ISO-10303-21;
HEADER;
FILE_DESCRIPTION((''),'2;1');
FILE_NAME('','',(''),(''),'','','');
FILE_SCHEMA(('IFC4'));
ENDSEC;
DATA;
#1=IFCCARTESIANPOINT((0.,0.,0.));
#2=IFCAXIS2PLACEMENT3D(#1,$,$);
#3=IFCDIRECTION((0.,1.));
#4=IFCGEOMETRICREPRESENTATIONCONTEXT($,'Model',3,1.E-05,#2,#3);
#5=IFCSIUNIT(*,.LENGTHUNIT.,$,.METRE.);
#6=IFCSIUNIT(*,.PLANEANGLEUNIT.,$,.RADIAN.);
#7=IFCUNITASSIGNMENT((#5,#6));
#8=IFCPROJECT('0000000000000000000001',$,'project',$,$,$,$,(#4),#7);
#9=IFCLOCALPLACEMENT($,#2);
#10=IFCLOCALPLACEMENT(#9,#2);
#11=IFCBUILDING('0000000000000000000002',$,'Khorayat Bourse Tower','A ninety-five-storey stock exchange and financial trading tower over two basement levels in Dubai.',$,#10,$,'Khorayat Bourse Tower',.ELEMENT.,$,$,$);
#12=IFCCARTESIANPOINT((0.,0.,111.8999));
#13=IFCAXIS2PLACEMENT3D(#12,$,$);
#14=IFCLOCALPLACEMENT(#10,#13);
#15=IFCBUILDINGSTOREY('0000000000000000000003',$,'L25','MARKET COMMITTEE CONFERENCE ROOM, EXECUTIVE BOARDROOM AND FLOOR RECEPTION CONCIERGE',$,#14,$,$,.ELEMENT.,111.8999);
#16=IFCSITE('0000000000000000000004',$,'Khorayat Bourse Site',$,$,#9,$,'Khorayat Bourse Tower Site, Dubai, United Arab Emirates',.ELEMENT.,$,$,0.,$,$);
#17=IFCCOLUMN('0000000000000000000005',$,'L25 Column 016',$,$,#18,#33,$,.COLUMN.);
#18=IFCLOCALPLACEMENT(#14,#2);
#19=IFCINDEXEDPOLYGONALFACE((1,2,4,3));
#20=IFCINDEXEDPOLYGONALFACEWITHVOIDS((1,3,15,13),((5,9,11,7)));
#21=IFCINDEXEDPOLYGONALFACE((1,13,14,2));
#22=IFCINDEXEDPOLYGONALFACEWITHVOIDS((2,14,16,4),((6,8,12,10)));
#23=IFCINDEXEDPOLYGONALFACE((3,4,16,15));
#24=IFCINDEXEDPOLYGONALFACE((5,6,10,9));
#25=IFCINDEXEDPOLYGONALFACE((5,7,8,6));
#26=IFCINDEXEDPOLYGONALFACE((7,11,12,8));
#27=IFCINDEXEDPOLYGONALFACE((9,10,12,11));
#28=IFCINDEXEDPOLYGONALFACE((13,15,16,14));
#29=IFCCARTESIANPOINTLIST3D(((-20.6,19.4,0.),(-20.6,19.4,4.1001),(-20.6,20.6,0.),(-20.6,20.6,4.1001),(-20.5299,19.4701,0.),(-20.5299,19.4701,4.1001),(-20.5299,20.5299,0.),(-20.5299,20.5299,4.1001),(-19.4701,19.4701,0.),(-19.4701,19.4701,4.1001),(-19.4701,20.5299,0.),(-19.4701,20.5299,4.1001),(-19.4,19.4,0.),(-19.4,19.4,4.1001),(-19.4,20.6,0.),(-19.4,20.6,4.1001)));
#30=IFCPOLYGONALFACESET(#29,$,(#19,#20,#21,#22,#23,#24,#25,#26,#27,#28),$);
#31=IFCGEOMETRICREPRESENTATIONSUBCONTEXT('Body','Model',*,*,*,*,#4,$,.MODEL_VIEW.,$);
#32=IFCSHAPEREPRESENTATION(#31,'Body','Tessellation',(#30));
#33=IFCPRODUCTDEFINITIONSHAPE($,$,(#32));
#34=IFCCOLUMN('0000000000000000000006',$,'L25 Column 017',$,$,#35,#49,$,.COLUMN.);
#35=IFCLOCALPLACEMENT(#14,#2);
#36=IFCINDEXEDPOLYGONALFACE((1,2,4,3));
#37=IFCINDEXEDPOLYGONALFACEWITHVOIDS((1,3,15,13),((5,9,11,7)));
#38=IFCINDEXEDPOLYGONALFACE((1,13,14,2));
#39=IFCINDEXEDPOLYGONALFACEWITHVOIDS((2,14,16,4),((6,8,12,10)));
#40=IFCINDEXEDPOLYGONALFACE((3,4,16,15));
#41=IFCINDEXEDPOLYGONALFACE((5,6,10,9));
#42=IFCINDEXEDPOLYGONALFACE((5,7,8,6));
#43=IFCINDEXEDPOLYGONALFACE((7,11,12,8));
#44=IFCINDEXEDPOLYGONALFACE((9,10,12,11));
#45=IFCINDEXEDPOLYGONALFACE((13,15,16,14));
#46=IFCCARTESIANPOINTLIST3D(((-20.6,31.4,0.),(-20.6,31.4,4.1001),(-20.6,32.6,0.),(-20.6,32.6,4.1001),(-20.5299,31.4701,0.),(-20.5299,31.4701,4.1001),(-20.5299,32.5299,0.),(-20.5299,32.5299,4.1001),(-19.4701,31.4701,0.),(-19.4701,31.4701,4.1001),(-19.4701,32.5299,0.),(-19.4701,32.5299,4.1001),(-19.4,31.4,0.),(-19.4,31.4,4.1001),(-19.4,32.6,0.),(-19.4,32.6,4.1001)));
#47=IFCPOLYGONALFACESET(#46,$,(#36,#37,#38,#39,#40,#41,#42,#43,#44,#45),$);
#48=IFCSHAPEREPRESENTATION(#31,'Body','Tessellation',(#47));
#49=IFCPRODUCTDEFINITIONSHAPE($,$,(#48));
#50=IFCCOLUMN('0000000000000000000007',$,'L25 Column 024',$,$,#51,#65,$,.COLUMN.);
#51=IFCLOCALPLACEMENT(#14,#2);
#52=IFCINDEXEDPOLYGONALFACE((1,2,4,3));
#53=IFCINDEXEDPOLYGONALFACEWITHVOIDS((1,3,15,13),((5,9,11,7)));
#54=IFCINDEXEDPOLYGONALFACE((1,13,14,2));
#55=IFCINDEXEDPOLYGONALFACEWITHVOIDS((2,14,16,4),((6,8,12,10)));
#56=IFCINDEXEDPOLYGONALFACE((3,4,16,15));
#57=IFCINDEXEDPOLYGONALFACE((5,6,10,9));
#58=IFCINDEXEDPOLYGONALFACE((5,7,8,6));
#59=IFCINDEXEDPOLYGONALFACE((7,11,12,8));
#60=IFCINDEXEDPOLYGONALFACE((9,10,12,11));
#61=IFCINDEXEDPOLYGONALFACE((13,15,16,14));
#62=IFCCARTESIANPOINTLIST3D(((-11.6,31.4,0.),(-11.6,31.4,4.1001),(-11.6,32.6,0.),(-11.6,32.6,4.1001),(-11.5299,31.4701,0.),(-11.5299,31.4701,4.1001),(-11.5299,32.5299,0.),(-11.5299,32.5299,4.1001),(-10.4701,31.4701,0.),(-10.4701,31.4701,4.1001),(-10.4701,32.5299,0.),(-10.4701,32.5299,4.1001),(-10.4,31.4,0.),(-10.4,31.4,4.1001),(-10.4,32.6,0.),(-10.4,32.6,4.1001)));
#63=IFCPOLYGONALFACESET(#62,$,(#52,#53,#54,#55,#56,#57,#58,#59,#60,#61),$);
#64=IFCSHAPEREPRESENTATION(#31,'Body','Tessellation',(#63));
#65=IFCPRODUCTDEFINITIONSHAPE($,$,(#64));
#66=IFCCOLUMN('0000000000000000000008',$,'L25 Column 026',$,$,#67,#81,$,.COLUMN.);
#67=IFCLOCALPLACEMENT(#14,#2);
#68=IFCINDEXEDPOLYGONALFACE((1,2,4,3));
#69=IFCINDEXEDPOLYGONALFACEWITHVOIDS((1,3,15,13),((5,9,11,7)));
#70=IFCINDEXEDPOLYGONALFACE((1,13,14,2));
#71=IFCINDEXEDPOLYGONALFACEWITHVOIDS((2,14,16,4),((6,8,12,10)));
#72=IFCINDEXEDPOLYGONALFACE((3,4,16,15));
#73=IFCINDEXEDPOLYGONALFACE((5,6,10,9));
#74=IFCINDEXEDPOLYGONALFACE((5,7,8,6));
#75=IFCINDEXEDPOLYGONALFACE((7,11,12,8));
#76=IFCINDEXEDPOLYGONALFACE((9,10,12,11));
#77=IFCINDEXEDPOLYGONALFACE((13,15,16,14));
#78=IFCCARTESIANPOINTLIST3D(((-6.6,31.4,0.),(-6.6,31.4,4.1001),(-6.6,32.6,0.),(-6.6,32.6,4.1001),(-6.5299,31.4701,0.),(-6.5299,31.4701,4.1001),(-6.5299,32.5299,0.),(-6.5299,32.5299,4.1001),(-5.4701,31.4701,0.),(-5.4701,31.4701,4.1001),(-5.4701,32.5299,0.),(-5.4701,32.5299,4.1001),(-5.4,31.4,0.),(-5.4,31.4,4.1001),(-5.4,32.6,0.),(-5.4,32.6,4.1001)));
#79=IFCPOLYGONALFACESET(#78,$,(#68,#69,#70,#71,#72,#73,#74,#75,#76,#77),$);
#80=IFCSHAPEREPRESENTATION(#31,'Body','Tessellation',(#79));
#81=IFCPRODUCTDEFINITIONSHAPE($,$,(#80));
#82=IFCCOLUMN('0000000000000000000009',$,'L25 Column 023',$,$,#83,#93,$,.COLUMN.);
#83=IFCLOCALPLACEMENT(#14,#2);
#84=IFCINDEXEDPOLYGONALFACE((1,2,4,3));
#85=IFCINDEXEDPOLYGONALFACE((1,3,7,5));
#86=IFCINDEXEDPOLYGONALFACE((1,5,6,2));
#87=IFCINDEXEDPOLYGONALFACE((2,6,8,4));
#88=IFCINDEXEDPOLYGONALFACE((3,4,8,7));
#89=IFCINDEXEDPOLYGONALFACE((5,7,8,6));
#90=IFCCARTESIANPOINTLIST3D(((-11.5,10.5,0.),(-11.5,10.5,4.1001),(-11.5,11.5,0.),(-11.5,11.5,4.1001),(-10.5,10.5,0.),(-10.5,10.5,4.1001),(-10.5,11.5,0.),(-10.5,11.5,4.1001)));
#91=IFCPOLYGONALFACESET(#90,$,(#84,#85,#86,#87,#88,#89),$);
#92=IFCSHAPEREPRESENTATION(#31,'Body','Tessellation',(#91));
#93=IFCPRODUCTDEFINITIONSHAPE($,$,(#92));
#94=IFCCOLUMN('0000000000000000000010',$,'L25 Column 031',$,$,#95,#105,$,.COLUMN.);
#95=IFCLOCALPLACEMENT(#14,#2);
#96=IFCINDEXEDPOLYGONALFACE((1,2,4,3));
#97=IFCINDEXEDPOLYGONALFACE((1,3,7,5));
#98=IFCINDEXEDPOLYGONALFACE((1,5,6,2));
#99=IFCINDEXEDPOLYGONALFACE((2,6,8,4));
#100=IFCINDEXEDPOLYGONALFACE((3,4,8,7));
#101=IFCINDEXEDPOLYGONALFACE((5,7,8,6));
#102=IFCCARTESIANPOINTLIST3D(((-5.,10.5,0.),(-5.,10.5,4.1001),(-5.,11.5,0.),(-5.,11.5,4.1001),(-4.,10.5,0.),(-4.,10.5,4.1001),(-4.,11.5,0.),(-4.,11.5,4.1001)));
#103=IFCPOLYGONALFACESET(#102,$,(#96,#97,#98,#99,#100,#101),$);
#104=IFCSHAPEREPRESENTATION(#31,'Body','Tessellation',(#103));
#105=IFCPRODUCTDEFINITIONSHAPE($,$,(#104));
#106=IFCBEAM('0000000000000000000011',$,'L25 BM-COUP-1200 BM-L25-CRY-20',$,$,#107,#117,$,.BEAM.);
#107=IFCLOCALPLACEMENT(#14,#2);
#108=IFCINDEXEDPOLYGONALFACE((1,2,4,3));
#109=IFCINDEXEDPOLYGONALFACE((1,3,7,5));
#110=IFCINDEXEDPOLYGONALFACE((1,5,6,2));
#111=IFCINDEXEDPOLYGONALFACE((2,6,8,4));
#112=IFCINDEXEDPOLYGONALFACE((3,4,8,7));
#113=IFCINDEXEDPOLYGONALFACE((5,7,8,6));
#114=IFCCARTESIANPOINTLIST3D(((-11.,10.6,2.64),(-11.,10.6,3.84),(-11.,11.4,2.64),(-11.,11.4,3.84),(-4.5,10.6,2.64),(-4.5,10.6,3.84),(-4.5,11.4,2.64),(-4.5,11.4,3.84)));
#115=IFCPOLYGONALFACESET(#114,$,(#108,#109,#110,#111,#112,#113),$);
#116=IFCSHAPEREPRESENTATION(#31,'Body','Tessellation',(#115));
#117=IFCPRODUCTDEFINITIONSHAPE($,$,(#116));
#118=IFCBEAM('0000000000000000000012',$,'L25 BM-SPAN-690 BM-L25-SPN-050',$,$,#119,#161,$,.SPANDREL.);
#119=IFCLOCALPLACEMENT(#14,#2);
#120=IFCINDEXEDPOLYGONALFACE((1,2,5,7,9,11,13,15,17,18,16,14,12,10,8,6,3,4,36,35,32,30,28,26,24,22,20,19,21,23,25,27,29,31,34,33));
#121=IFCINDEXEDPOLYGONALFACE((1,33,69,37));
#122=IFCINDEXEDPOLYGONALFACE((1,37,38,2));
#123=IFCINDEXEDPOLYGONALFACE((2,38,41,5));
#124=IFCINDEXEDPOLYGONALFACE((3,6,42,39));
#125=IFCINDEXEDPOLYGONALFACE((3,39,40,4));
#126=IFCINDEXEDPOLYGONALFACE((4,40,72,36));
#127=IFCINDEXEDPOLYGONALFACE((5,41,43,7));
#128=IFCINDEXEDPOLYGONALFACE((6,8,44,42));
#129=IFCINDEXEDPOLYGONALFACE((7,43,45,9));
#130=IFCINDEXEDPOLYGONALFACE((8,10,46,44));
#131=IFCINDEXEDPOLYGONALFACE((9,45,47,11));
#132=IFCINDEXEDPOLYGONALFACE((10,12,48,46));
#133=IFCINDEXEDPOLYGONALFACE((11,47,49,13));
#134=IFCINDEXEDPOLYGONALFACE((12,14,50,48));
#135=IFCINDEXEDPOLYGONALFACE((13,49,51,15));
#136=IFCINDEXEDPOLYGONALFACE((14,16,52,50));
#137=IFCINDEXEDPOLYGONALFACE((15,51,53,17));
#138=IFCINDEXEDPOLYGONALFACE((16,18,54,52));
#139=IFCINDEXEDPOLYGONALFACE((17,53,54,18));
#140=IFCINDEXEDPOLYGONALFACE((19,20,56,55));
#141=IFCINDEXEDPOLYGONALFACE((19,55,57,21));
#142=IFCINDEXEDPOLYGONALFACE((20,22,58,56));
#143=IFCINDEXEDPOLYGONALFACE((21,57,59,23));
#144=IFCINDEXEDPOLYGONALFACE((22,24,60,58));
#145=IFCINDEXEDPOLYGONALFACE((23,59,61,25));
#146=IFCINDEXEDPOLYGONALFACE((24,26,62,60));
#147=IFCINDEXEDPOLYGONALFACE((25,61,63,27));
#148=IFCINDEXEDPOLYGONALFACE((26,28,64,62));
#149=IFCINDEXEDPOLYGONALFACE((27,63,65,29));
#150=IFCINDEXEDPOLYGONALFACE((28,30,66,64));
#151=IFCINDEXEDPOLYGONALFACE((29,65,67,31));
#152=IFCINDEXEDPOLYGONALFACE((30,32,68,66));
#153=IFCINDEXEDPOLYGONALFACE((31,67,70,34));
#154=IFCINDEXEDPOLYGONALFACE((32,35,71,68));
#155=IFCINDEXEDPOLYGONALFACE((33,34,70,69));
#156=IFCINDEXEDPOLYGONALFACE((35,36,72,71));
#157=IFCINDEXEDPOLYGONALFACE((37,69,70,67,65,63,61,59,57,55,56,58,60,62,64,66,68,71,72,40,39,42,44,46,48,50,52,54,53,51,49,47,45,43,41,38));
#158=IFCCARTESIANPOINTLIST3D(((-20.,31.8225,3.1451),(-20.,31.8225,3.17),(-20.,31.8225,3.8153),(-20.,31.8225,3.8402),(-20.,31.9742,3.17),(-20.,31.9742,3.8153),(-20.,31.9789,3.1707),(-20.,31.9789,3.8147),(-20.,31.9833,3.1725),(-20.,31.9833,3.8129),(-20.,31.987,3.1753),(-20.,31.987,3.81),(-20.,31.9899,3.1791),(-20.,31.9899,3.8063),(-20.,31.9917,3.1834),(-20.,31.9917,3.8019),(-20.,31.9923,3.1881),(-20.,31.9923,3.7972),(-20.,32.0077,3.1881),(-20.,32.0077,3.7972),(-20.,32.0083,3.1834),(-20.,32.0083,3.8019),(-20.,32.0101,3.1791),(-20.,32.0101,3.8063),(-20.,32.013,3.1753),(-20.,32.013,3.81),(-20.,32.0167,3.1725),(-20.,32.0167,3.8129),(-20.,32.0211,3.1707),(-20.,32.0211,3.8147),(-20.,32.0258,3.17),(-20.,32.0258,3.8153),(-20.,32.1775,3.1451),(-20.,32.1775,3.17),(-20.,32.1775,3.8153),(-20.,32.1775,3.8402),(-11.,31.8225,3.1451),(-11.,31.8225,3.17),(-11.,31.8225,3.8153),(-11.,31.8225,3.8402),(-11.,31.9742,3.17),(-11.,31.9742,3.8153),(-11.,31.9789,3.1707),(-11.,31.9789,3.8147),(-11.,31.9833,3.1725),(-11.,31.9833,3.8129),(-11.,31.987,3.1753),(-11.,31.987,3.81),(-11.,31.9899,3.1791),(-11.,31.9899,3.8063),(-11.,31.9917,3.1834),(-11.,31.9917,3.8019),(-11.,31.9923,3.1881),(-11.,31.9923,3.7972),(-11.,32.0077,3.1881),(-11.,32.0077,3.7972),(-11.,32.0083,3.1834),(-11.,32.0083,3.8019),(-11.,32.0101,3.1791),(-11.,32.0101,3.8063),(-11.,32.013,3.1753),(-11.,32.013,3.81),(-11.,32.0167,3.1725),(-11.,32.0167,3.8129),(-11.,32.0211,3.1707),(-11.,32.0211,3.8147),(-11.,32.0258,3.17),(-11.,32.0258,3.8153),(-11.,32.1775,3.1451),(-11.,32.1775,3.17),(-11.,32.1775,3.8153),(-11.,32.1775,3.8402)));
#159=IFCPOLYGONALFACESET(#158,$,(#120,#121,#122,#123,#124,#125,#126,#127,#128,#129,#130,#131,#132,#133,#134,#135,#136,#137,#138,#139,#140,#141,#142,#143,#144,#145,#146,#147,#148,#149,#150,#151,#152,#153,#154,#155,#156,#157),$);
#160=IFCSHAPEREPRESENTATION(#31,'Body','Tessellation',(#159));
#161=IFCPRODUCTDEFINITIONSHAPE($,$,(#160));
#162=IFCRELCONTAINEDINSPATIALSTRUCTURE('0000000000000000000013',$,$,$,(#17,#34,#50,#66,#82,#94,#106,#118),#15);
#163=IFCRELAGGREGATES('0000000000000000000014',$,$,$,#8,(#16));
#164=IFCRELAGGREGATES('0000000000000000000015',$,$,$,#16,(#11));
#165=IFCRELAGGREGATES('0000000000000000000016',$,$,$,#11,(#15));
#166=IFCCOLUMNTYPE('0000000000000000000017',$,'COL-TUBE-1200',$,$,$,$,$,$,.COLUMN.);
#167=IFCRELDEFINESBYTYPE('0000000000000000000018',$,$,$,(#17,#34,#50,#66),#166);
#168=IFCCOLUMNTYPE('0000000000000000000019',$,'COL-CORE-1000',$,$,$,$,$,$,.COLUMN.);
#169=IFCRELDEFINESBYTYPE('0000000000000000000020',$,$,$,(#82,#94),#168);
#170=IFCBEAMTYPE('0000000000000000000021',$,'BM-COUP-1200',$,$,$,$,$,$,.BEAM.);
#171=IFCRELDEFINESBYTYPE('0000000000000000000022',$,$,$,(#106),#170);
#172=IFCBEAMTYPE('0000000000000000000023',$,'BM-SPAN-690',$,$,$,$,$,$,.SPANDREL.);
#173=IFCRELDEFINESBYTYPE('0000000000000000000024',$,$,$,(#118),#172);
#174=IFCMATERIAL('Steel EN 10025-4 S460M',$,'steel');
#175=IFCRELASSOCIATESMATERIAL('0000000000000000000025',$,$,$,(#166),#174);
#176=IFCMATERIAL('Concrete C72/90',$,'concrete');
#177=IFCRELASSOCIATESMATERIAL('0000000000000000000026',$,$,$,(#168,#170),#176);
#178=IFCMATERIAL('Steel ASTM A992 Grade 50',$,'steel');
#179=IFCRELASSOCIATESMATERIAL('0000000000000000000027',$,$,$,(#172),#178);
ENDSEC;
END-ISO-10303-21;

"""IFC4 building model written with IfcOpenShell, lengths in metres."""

from ifc_helpers import new_model, si_unit, direction, frame, origin, origin_2d, place, context, subcontext, project, spatial, rectangle, hollow_rectangle, i_section, extrude, source, transform, mapped, material, material_profile, profile_set, type_object, element, save


model = new_model("IFC4")

# Units and contexts
model_context = context("Model", 3, precision=1e-05, world=origin(), true_north=direction((0.0, 1.0)))
body_context = subcontext(model_context, "Body", "Model", "MODEL_VIEW")
ifc_project = project(units=[si_unit("LENGTHUNIT", "METRE"), si_unit("PLANEANGLEUNIT", "RADIAN")], contexts=[model_context])

# Site, building, storey
site_placement = place(None, origin())
site = spatial("IfcSite", under=ifc_project, at=site_placement, Name="Khorayat Bourse Site", LongName="Khorayat Bourse Tower Site, Dubai, United Arab Emirates", CompositionType="ELEMENT", RefElevation=0.0)
building_placement = place(site_placement, origin())
building = spatial("IfcBuilding", under=site, at=building_placement, Name="Khorayat Bourse Tower", Description="A ninety-five-storey stock exchange and financial trading tower over two basement levels in Dubai.", LongName="Khorayat Bourse Tower", CompositionType="ELEMENT")
storey_placement = place(building_placement, frame((0.0, 0.0, 111.8999)))
storey = spatial("IfcBuildingStorey", under=building, at=storey_placement, Name="L25", Description="MARKET COMMITTEE CONFERENCE ROOM, EXECUTIVE BOARDROOM AND FLOOR RECEPTION CONCIERGE", CompositionType="ELEMENT", Elevation=111.8999)

# Columns
ifc_material_1 = material(Name="Steel EN 10025-4 S460M", Category="steel")
ifc_material_profile_1 = material_profile(ifc_material_1, hollow_rectangle(XDim=1.2, YDim=1.2, WallThickness=0.0701, at=origin_2d()), Name="BOX 1200x1200x70")
ifc_profile_set_1 = profile_set([ifc_material_profile_1], Name="Steel EN 10025-4 S460M")
column_type_1 = type_object("IfcColumnType", Name="COL-TUBE-1200", PredefinedType="COLUMN", material=ifc_profile_set_1)
shared_shape_1 = source(origin(), body_context, "Body", "SweptSolid", [
    extrude(hollow_rectangle(XDim=1.2, YDim=1.2, WallThickness=0.0701, at=origin_2d()), origin(), (0.0, 0.0, 1.0), 4.1001),
])
for number, where, z_axis, x_axis, name in (
    (1, (-20.0, 20.0, 0.0), (0.0, 0.0, 1.0), (1.0, 0.0, 0.0), "L25 Column 016"),
    (2, (-20.0, 32.0, 0.0), (0.0, 0.0, 1.0), (1.0, 0.0, 0.0), "L25 Column 017"),
    (3, (-11.0, 32.0, 0.0), (0.0, 0.0, 1.0), (1.0, 0.0, 0.0), "L25 Column 024"),
    (4, (-6.0, 32.0, 0.0), (0.0, 0.0, 1.0), (1.0, 0.0, 0.0), "L25 Column 026"),
):
    element("IfcColumn", number, at=place(storey_placement, frame(where, z_axis=z_axis, x_axis=x_axis)), inside=storey, type_object=column_type_1, Name=name, PredefinedType="COLUMN", context=body_context, shape_type="MappedRepresentation", body=[
        mapped(shared_shape_1, transform((0.0, 0.0, 0.0), scale=1.0)),
    ])
ifc_material_2 = material(Name="Concrete C72/90", Category="concrete")
ifc_material_profile_2 = material_profile(ifc_material_2, rectangle(XDim=1.0, YDim=1.0, at=origin_2d()), Name="RC 1000x1000")
ifc_profile_set_2 = profile_set([ifc_material_profile_2], Name="Concrete C72/90")
column_type_2 = type_object("IfcColumnType", Name="COL-CORE-1000", PredefinedType="COLUMN", material=ifc_profile_set_2)
shared_shape_2 = source(origin(), body_context, "Body", "SweptSolid", [
    extrude(rectangle(XDim=1.0, YDim=1.0, at=origin_2d()), origin(), (0.0, 0.0, 1.0), 4.1001),
])
for number, where, z_axis, x_axis, name in (
    (5, (-11.0, 11.0, 0.0), (0.0, 0.0, 1.0), (1.0, 0.0, 0.0), "L25 Column 023"),
    (6, (-4.5, 11.0, 0.0), (0.0, 0.0, 1.0), (1.0, 0.0, 0.0), "L25 Column 031"),
):
    element("IfcColumn", number, at=place(storey_placement, frame(where, z_axis=z_axis, x_axis=x_axis)), inside=storey, type_object=column_type_2, Name=name, PredefinedType="COLUMN", context=body_context, shape_type="MappedRepresentation", body=[
        mapped(shared_shape_2, transform((0.0, 0.0, 0.0), scale=1.0)),
    ])

# Beams
ifc_material_profile_3 = material_profile(ifc_material_2, rectangle(XDim=0.8, YDim=1.2, at=origin_2d()), Name="RC 800x1200")
ifc_profile_set_3 = profile_set([ifc_material_profile_3], Name="Concrete C72/90")
beam_type_1 = type_object("IfcBeamType", Name="BM-COUP-1200", PredefinedType="BEAM", material=ifc_profile_set_3)
shared_shape_3 = source(origin(), body_context, "Body", "SweptSolid", [
    extrude(rectangle(XDim=0.8, YDim=1.2, at=origin_2d()), origin(), (0.0, 0.0, 1.0), 6.5),
])
beam_1_placement = place(storey_placement, frame((-11.0, 11.0, 3.24), z_axis=(1.0, 0.0, 0.0), x_axis=(0.0, 1.0, 0.0)))
element("IfcBeam", 7, at=beam_1_placement, inside=storey, type_object=beam_type_1, Name="L25 BM-COUP-1200 BM-L25-CRY-20", PredefinedType="BEAM", context=body_context, shape_type="MappedRepresentation", body=[
    mapped(shared_shape_3, transform((0.0, 0.0, 0.0), scale=1.0)),
])
ifc_material_3 = material(Name="Steel ASTM A992 Grade 50", Category="steel")
ifc_material_profile_4 = material_profile(ifc_material_3, i_section(OverallWidth=0.355, OverallDepth=0.6951, WebThickness=0.0154, FlangeThickness=0.0249, FilletRadius=0.0181, at=origin_2d()), Name="W690X217")
ifc_profile_set_4 = profile_set([ifc_material_profile_4], Name="Steel ASTM A992 Grade 50")
beam_type_2 = type_object("IfcBeamType", Name="BM-SPAN-690", PredefinedType="SPANDREL", material=ifc_profile_set_4)
shared_shape_4 = source(origin(), body_context, "Body", "SweptSolid", [
    extrude(i_section(OverallWidth=0.355, OverallDepth=0.6951, WebThickness=0.0154, FlangeThickness=0.0249, FilletRadius=0.0181, at=origin_2d()), origin(), (0.0, 0.0, 1.0), 9.0),
])
beam_2_placement = place(storey_placement, frame((-20.0, 32.0, 3.4927), z_axis=(1.0, 0.0, 0.0), x_axis=(0.0, 1.0, 0.0)))
element("IfcBeam", 8, at=beam_2_placement, inside=storey, type_object=beam_type_2, Name="L25 BM-SPAN-690 BM-L25-SPN-050", PredefinedType="SPANDREL", context=body_context, shape_type="MappedRepresentation", body=[
    mapped(shared_shape_4, transform((0.0, 0.0, 0.0), scale=1.0)),
])

save(model, "model.ifc")
